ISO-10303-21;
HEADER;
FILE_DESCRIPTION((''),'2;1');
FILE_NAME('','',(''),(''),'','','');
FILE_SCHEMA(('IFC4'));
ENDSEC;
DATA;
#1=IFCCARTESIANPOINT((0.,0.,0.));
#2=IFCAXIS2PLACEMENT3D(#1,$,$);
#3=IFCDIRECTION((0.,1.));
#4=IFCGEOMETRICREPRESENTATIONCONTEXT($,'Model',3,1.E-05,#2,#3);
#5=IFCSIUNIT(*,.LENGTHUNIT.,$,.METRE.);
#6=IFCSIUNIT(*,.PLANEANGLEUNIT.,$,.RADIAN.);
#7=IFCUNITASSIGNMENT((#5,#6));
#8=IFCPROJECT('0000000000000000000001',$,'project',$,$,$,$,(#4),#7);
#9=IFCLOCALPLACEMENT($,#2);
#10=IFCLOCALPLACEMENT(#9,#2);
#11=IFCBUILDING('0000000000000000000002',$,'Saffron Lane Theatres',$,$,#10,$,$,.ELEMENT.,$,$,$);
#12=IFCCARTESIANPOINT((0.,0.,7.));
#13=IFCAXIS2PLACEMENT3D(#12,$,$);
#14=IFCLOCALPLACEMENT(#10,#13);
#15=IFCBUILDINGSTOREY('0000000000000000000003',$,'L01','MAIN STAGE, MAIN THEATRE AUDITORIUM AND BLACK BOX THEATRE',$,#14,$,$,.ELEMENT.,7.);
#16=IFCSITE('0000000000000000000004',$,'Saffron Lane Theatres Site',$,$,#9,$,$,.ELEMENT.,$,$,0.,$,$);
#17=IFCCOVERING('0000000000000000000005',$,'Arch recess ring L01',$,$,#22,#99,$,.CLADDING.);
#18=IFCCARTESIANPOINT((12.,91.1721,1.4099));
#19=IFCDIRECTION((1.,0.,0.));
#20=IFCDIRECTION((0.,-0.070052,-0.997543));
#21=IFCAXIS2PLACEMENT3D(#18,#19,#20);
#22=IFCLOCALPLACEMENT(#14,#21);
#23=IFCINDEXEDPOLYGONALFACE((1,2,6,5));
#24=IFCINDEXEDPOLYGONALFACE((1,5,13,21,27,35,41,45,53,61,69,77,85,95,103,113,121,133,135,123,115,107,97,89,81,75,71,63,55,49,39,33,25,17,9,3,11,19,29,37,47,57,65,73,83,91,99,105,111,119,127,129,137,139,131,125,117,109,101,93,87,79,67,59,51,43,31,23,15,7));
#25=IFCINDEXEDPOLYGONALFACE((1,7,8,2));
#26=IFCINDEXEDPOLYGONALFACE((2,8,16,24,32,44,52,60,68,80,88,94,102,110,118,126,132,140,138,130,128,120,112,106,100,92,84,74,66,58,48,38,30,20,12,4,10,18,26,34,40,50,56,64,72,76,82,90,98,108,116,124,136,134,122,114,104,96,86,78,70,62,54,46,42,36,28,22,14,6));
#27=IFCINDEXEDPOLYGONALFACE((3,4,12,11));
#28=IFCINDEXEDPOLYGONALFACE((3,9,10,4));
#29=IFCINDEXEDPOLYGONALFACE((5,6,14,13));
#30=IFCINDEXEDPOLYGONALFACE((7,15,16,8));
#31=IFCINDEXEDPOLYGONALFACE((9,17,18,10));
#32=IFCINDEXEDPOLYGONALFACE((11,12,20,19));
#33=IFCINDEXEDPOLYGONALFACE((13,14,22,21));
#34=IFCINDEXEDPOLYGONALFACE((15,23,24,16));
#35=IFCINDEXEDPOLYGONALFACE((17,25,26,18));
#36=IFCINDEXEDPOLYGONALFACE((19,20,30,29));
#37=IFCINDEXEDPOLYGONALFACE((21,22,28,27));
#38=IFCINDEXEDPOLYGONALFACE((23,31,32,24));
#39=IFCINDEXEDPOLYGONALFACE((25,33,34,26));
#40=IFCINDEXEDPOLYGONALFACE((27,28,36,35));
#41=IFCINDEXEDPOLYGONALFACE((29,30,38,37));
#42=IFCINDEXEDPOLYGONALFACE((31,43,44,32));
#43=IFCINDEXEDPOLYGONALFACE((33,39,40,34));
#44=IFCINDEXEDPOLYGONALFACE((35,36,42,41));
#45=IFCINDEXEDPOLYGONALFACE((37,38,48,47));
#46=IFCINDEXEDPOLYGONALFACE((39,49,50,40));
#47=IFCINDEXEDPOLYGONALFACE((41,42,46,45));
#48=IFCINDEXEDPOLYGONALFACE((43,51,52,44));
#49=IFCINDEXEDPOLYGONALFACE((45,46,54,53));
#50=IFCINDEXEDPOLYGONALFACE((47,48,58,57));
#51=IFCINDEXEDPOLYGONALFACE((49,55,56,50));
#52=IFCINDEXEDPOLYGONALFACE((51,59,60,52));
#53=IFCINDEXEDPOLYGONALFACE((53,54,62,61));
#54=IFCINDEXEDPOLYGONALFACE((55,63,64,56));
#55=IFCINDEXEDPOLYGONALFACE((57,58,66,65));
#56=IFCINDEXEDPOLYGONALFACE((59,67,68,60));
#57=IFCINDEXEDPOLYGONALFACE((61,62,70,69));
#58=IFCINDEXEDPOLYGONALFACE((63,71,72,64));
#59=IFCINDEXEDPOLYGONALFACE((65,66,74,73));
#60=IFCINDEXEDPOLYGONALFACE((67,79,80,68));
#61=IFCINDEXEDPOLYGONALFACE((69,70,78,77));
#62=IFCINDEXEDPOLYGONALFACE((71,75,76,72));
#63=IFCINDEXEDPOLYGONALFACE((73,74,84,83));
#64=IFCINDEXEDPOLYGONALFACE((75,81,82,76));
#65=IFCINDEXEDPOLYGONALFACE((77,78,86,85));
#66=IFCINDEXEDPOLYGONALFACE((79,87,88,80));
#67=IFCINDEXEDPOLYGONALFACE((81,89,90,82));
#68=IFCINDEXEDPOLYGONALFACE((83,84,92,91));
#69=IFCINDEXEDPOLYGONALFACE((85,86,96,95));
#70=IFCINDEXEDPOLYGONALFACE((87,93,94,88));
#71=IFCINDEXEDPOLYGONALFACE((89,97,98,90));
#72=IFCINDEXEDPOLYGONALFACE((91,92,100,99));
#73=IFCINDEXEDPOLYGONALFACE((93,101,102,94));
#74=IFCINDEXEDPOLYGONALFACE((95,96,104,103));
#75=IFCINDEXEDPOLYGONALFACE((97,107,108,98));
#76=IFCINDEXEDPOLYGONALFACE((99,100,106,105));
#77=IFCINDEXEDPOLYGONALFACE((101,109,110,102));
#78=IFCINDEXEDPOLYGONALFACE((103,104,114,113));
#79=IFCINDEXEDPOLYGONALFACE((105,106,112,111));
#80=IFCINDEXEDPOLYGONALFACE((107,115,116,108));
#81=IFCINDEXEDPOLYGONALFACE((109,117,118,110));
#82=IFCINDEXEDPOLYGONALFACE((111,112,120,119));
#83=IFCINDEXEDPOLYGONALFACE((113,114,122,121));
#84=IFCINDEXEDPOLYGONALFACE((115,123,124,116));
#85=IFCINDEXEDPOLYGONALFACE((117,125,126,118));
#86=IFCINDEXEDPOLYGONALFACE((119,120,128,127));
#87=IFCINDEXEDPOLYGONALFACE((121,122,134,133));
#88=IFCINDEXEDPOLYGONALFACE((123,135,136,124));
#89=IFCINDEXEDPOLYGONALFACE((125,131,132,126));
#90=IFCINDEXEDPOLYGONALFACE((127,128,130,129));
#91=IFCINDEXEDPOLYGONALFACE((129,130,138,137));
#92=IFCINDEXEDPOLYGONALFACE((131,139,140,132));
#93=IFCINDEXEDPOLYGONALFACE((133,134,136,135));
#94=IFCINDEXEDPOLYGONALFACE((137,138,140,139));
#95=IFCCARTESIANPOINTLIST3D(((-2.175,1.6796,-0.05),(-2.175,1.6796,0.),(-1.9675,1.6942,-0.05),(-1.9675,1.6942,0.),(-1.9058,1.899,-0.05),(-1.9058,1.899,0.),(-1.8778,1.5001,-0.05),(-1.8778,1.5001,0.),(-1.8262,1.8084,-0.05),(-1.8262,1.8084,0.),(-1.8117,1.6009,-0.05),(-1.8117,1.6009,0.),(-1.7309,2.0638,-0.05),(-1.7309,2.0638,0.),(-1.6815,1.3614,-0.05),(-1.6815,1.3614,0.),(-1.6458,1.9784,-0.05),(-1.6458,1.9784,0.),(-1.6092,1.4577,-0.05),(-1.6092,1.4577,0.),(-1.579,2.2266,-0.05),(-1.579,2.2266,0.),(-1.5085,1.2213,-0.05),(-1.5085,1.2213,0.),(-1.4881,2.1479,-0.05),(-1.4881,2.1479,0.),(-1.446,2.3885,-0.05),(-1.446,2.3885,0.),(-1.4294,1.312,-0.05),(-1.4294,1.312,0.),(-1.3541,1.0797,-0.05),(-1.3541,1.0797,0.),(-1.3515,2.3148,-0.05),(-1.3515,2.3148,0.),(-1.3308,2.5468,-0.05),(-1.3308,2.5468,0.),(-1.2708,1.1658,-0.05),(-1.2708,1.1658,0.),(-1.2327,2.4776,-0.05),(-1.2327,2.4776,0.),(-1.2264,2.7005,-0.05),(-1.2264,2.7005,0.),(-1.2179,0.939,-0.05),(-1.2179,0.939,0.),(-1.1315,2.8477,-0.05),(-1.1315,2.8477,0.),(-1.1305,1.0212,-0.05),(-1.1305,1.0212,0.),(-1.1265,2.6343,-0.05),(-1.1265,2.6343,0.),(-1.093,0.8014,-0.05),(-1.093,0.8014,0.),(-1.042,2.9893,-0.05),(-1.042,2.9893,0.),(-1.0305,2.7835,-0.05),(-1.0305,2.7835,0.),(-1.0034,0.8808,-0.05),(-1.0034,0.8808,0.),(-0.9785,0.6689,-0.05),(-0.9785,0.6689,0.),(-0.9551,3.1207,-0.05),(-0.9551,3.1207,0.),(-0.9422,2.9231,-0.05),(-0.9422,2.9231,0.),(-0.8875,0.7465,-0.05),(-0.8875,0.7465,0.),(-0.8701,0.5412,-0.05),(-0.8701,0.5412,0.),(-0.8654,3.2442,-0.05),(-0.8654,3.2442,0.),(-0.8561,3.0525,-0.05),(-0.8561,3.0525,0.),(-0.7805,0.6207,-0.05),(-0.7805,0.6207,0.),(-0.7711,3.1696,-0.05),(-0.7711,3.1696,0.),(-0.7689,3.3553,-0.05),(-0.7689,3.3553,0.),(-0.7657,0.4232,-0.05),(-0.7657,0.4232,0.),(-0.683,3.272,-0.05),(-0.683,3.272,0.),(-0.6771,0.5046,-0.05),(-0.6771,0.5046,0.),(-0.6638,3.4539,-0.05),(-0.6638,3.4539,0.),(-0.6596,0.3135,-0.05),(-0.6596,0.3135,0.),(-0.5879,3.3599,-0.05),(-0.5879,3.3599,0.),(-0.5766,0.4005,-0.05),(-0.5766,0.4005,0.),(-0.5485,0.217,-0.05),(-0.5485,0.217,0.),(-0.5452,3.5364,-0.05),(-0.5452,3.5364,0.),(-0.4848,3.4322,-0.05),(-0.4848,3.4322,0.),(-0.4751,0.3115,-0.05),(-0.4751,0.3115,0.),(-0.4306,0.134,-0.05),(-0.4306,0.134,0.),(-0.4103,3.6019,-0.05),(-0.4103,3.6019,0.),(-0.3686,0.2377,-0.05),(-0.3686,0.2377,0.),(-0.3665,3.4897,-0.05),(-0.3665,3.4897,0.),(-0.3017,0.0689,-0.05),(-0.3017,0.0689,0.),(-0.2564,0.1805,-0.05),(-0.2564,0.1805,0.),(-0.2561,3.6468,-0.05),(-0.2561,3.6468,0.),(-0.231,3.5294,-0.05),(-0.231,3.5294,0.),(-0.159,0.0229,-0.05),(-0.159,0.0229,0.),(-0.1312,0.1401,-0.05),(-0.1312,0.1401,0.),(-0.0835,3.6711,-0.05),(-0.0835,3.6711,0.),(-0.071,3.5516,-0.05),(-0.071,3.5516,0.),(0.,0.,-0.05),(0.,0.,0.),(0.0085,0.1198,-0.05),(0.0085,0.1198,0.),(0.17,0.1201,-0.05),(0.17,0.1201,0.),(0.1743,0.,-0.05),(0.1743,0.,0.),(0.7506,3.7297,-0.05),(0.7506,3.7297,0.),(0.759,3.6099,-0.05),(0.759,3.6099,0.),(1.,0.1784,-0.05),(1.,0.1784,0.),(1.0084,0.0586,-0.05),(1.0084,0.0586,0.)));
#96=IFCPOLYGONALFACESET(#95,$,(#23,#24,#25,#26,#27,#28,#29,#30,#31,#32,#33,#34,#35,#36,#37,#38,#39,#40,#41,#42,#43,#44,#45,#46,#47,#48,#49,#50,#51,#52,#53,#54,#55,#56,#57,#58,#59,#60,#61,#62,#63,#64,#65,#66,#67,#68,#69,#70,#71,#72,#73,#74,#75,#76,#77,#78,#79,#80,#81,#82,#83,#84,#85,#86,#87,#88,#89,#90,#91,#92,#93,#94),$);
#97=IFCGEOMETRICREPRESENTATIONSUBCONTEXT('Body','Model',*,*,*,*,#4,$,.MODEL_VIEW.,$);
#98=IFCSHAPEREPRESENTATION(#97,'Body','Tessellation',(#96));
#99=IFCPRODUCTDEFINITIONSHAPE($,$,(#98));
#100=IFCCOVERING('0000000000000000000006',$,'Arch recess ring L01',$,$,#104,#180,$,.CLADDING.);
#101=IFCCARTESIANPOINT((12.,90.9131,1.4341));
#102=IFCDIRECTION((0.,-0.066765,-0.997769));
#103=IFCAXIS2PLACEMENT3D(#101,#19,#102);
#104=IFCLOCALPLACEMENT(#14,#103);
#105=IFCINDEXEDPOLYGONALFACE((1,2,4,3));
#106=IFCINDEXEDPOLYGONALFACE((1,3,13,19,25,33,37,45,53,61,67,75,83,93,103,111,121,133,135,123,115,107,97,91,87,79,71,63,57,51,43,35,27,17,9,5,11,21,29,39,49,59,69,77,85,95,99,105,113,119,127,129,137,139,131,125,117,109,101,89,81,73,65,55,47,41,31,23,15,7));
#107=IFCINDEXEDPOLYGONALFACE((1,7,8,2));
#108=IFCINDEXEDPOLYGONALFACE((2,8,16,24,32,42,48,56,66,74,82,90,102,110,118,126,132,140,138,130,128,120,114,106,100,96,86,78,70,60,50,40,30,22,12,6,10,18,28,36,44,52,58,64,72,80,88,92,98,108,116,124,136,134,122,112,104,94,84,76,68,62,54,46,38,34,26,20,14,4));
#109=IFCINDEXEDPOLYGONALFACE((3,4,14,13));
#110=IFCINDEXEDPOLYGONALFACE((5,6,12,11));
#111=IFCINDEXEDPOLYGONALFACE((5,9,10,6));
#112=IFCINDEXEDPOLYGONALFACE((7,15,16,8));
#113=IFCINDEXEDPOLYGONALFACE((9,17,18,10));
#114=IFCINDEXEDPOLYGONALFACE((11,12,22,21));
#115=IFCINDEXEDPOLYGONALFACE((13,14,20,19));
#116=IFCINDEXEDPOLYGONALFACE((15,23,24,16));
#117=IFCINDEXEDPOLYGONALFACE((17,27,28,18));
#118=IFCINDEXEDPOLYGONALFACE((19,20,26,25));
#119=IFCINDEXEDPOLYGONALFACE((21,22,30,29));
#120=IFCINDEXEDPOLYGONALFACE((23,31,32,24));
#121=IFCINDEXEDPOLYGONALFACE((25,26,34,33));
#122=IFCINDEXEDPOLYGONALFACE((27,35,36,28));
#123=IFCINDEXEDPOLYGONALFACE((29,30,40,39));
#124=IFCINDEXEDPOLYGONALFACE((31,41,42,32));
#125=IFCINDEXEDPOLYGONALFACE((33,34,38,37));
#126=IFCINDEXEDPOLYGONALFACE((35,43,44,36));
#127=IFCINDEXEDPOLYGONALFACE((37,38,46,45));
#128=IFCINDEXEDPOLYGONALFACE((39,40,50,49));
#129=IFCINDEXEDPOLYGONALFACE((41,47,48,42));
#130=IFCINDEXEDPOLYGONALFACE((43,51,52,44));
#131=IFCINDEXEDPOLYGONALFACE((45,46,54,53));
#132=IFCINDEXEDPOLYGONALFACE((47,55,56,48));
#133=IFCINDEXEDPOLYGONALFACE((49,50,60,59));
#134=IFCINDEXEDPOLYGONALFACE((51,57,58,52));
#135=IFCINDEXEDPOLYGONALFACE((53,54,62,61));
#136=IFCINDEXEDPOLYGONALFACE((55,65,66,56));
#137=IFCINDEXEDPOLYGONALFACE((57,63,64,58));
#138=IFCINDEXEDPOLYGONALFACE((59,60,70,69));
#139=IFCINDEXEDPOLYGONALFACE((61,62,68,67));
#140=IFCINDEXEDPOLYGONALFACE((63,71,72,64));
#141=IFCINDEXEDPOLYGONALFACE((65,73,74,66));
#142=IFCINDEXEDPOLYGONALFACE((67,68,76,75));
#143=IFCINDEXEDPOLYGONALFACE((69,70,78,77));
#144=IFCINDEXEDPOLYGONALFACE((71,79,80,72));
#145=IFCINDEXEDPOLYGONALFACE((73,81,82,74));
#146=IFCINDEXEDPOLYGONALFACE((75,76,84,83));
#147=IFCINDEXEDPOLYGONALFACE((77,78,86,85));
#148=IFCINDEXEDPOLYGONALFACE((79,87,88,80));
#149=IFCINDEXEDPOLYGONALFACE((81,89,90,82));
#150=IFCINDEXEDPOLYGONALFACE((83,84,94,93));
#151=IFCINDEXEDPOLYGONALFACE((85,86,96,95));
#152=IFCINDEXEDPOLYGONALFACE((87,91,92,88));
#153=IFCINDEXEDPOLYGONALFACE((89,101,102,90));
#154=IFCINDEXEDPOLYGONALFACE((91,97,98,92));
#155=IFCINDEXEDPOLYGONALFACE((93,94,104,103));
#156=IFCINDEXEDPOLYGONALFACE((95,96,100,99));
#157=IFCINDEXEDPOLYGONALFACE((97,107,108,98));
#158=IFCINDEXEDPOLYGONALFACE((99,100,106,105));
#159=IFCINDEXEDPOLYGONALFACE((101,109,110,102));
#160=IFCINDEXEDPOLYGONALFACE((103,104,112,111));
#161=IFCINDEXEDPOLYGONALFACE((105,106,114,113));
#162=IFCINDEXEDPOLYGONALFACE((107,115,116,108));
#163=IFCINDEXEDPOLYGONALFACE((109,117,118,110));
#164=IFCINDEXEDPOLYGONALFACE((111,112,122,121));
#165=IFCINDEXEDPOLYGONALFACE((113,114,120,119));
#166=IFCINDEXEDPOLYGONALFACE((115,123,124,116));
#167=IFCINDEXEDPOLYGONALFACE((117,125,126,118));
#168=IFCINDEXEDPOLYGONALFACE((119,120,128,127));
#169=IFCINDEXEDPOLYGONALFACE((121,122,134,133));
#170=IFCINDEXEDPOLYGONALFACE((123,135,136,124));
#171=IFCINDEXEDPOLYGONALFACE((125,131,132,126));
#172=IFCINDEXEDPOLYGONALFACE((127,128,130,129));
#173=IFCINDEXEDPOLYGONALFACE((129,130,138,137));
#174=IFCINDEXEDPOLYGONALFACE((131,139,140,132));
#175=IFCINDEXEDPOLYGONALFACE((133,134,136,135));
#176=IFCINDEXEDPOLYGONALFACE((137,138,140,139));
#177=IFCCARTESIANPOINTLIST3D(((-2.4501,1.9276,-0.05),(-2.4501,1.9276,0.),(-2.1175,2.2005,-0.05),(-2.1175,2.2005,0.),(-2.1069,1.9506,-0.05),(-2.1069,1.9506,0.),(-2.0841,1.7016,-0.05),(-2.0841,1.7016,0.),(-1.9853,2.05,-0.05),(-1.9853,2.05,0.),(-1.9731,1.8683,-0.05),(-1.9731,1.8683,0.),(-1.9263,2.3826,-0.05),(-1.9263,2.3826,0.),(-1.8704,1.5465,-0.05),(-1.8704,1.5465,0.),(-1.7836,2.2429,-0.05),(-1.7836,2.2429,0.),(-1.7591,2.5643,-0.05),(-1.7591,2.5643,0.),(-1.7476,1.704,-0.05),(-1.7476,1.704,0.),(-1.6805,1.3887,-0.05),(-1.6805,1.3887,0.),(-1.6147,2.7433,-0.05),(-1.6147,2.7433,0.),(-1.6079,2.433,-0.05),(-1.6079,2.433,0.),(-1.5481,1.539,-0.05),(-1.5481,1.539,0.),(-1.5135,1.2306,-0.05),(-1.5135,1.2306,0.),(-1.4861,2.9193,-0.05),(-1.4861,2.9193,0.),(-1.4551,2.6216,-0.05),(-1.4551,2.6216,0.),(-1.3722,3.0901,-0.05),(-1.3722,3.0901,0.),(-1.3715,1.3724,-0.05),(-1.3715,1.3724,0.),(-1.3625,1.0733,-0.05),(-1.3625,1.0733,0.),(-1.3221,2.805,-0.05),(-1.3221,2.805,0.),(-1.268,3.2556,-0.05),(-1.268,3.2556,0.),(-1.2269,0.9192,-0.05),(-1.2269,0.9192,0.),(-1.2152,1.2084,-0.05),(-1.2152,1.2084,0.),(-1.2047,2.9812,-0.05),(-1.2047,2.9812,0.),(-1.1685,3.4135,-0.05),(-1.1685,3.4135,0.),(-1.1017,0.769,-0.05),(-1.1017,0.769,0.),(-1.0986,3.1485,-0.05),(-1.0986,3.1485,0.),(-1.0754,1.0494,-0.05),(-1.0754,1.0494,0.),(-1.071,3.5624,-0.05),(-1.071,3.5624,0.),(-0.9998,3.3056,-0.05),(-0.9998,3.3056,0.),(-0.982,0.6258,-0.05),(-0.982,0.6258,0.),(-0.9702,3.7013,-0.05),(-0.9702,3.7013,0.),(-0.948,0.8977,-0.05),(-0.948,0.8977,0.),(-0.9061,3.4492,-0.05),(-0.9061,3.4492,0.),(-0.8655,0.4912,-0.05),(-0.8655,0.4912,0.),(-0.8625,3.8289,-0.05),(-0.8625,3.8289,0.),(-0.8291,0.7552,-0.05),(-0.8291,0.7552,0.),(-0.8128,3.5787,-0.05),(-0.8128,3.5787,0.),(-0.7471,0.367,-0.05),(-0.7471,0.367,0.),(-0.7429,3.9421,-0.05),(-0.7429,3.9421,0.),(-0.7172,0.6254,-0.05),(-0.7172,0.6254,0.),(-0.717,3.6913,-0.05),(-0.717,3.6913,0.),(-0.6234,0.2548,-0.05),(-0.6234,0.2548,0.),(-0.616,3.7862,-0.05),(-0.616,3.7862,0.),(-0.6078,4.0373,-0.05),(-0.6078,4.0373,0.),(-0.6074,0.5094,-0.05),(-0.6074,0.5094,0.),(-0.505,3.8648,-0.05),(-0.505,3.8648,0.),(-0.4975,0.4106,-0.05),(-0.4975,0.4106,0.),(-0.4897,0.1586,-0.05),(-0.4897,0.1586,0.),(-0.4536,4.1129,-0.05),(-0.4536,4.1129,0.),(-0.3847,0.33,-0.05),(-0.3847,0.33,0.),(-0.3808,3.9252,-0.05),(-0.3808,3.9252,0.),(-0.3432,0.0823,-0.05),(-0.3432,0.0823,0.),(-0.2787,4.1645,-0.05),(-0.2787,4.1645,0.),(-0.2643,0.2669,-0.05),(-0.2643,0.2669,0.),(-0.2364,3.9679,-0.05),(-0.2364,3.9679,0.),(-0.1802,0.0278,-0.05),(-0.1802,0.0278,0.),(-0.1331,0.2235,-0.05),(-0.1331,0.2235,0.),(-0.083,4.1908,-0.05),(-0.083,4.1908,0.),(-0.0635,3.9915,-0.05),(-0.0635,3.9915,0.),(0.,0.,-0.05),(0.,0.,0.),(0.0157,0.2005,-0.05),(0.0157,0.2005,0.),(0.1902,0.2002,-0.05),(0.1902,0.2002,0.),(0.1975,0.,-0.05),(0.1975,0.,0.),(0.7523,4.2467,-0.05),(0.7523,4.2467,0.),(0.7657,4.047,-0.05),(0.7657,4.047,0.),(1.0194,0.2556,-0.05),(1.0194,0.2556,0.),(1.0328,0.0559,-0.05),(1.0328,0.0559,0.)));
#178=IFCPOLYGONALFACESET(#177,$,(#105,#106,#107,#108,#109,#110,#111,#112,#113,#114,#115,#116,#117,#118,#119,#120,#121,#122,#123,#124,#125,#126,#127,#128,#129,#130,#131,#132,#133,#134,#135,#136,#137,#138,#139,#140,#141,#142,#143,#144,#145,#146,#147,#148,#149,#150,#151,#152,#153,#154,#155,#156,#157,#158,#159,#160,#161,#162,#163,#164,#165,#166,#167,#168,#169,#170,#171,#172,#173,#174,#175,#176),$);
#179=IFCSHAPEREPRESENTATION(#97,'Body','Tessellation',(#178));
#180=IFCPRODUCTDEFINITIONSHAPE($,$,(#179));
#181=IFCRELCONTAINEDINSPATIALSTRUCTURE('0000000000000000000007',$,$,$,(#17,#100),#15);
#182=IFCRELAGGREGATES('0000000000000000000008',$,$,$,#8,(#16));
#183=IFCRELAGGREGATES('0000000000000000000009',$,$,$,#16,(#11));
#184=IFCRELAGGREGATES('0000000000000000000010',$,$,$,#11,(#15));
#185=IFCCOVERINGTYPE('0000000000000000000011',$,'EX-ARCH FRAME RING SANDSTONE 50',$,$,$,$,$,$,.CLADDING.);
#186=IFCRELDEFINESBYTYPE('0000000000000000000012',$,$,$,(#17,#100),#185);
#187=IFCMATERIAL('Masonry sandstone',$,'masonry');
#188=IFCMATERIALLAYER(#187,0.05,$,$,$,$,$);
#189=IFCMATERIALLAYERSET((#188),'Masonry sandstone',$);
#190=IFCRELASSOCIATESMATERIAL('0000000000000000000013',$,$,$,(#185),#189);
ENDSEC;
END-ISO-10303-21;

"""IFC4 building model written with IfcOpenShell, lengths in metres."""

from ifc_helpers import new_model, si_unit, direction, frame, origin, place, context, subcontext, project, spatial, polyline, outline, extrude, material, layer, layer_set, type_object, element, save


model = new_model("IFC4")

# Units and contexts
model_context = context("Model", 3, precision=1e-05, world=origin(), true_north=direction((0.0, 1.0)))
body_context = subcontext(model_context, "Body", "Model", "MODEL_VIEW")
ifc_project = project(units=[si_unit("LENGTHUNIT", "METRE"), si_unit("PLANEANGLEUNIT", "RADIAN")], contexts=[model_context])

# Site, building, storey
site_placement = place(None, origin())
site = spatial("IfcSite", under=ifc_project, at=site_placement, Name="Saffron Lane Theatres Site", CompositionType="ELEMENT", RefElevation=0.0)
building_placement = place(site_placement, origin())
building = spatial("IfcBuilding", under=site, at=building_placement, Name="Saffron Lane Theatres", CompositionType="ELEMENT")
storey_placement = place(building_placement, frame((0.0, 0.0, 7.0)))
storey = spatial("IfcBuildingStorey", under=building, at=storey_placement, Name="L01", Description="MAIN STAGE, MAIN THEATRE AUDITORIUM AND BLACK BOX THEATRE", CompositionType="ELEMENT", Elevation=7.0)

# Coverings
ifc_material_1 = material(Name="Masonry sandstone", Category="masonry")
ifc_layer_1 = layer(ifc_material_1, 0.05)
ifc_layer_set_1 = layer_set([ifc_layer_1], Name="Masonry sandstone")
covering_type_1 = type_object("IfcCoveringType", Name="EX-ARCH FRAME RING SANDSTONE 50", PredefinedType="CLADDING", material=ifc_layer_set_1)
covering_1_placement = place(storey_placement, frame((12.0, 91.1721, 1.4099), z_axis=(1.0, 0.0, 0.0), x_axis=(0.0, -0.070052, -0.997543)))
element("IfcCovering", 1, at=covering_1_placement, inside=storey, type_object=covering_type_1, Name="Arch recess ring L01", PredefinedType="CLADDING", context=body_context, shape_type="SweptSolid", body=[
    extrude(outline(polyline([(0.0, 0.0), (0.1743, 0.0), (1.0084, 0.0586), (1.0, 0.1784), (0.17, 0.1201), (0.0085, 0.1198), (-0.1312, 0.1401), (-0.2564, 0.1805), (-0.3686, 0.2377), (-0.4751, 0.3115), (-0.5766, 0.4005), (-0.6771, 0.5046), (-0.7805, 0.6207), (-0.8875, 0.7465), (-1.0034, 0.8808), (-1.1305, 1.0212), (-1.2708, 1.1658), (-1.4294, 1.312), (-1.6092, 1.4577), (-1.8117, 1.6009), (-1.9675, 1.6942), (-1.8262, 1.8084), (-1.6458, 1.9784), (-1.4881, 2.1479), (-1.3515, 2.3148), (-1.2327, 2.4776), (-1.1265, 2.6343), (-1.0305, 2.7835), (-0.9422, 2.9231), (-0.8561, 3.0525), (-0.7711, 3.1696), (-0.683, 3.272), (-0.5879, 3.3599), (-0.4848, 3.4322), (-0.3665, 3.4897), (-0.231, 3.5294), (-0.071, 3.5516), (0.759, 3.6099), (0.7506, 3.7297), (-0.0835, 3.6711), (-0.2561, 3.6468), (-0.4103, 3.6019), (-0.5452, 3.5364), (-0.6638, 3.4539), (-0.7689, 3.3553), (-0.8654, 3.2442), (-0.9551, 3.1207), (-1.042, 2.9893), (-1.1315, 2.8477), (-1.2264, 2.7005), (-1.3308, 2.5468), (-1.446, 2.3885), (-1.579, 2.2266), (-1.7309, 2.0638), (-1.9058, 1.899), (-2.175, 1.6796), (-1.8778, 1.5001), (-1.6815, 1.3614), (-1.5085, 1.2213), (-1.3541, 1.0797), (-1.2179, 0.939), (-1.093, 0.8014), (-0.9785, 0.6689), (-0.8701, 0.5412), (-0.7657, 0.4232), (-0.6596, 0.3135), (-0.5485, 0.217), (-0.4306, 0.134), (-0.3017, 0.0689), (-0.159, 0.0229), (0.0, 0.0)])), origin(), (0.0, 0.0, -1.0), 0.05),
])
covering_2_placement = place(storey_placement, frame((12.0, 90.9131, 1.4341), z_axis=(1.0, 0.0, 0.0), x_axis=(0.0, -0.066765, -0.997769)))
element("IfcCovering", 2, at=covering_2_placement, inside=storey, type_object=covering_type_1, Name="Arch recess ring L01", PredefinedType="CLADDING", context=body_context, shape_type="SweptSolid", body=[
    extrude(outline(polyline([(0.0, 0.0), (0.1975, 0.0), (1.0328, 0.0559), (1.0194, 0.2556), (0.1902, 0.2002), (0.0157, 0.2005), (-0.1331, 0.2235), (-0.2643, 0.2669), (-0.3847, 0.33), (-0.4975, 0.4106), (-0.6074, 0.5094), (-0.7172, 0.6254), (-0.8291, 0.7552), (-0.948, 0.8977), (-1.0754, 1.0494), (-1.2152, 1.2084), (-1.3715, 1.3724), (-1.5481, 1.539), (-1.7476, 1.704), (-1.9731, 1.8683), (-2.1069, 1.9506), (-1.9853, 2.05), (-1.7836, 2.2429), (-1.6079, 2.433), (-1.4551, 2.6216), (-1.3221, 2.805), (-1.2047, 2.9812), (-1.0986, 3.1485), (-0.9998, 3.3056), (-0.9061, 3.4492), (-0.8128, 3.5787), (-0.717, 3.6913), (-0.616, 3.7862), (-0.505, 3.8648), (-0.3808, 3.9252), (-0.2364, 3.9679), (-0.0635, 3.9915), (0.7657, 4.047), (0.7523, 4.2467), (-0.083, 4.1908), (-0.2787, 4.1645), (-0.4536, 4.1129), (-0.6078, 4.0373), (-0.7429, 3.9421), (-0.8625, 3.8289), (-0.9702, 3.7013), (-1.071, 3.5624), (-1.1685, 3.4135), (-1.268, 3.2556), (-1.3722, 3.0901), (-1.4861, 2.9193), (-1.6147, 2.7433), (-1.7591, 2.5643), (-1.9263, 2.3826), (-2.1175, 2.2005), (-2.4501, 1.9276), (-2.0841, 1.7016), (-1.8704, 1.5465), (-1.6805, 1.3887), (-1.5135, 1.2306), (-1.3625, 1.0733), (-1.2269, 0.9192), (-1.1017, 0.769), (-0.982, 0.6258), (-0.8655, 0.4912), (-0.7471, 0.367), (-0.6234, 0.2548), (-0.4897, 0.1586), (-0.3432, 0.0823), (-0.1802, 0.0278), (0.0, 0.0)])), origin(), (0.0, 0.0, -1.0), 0.05),
])

save(model, "model.ifc")
